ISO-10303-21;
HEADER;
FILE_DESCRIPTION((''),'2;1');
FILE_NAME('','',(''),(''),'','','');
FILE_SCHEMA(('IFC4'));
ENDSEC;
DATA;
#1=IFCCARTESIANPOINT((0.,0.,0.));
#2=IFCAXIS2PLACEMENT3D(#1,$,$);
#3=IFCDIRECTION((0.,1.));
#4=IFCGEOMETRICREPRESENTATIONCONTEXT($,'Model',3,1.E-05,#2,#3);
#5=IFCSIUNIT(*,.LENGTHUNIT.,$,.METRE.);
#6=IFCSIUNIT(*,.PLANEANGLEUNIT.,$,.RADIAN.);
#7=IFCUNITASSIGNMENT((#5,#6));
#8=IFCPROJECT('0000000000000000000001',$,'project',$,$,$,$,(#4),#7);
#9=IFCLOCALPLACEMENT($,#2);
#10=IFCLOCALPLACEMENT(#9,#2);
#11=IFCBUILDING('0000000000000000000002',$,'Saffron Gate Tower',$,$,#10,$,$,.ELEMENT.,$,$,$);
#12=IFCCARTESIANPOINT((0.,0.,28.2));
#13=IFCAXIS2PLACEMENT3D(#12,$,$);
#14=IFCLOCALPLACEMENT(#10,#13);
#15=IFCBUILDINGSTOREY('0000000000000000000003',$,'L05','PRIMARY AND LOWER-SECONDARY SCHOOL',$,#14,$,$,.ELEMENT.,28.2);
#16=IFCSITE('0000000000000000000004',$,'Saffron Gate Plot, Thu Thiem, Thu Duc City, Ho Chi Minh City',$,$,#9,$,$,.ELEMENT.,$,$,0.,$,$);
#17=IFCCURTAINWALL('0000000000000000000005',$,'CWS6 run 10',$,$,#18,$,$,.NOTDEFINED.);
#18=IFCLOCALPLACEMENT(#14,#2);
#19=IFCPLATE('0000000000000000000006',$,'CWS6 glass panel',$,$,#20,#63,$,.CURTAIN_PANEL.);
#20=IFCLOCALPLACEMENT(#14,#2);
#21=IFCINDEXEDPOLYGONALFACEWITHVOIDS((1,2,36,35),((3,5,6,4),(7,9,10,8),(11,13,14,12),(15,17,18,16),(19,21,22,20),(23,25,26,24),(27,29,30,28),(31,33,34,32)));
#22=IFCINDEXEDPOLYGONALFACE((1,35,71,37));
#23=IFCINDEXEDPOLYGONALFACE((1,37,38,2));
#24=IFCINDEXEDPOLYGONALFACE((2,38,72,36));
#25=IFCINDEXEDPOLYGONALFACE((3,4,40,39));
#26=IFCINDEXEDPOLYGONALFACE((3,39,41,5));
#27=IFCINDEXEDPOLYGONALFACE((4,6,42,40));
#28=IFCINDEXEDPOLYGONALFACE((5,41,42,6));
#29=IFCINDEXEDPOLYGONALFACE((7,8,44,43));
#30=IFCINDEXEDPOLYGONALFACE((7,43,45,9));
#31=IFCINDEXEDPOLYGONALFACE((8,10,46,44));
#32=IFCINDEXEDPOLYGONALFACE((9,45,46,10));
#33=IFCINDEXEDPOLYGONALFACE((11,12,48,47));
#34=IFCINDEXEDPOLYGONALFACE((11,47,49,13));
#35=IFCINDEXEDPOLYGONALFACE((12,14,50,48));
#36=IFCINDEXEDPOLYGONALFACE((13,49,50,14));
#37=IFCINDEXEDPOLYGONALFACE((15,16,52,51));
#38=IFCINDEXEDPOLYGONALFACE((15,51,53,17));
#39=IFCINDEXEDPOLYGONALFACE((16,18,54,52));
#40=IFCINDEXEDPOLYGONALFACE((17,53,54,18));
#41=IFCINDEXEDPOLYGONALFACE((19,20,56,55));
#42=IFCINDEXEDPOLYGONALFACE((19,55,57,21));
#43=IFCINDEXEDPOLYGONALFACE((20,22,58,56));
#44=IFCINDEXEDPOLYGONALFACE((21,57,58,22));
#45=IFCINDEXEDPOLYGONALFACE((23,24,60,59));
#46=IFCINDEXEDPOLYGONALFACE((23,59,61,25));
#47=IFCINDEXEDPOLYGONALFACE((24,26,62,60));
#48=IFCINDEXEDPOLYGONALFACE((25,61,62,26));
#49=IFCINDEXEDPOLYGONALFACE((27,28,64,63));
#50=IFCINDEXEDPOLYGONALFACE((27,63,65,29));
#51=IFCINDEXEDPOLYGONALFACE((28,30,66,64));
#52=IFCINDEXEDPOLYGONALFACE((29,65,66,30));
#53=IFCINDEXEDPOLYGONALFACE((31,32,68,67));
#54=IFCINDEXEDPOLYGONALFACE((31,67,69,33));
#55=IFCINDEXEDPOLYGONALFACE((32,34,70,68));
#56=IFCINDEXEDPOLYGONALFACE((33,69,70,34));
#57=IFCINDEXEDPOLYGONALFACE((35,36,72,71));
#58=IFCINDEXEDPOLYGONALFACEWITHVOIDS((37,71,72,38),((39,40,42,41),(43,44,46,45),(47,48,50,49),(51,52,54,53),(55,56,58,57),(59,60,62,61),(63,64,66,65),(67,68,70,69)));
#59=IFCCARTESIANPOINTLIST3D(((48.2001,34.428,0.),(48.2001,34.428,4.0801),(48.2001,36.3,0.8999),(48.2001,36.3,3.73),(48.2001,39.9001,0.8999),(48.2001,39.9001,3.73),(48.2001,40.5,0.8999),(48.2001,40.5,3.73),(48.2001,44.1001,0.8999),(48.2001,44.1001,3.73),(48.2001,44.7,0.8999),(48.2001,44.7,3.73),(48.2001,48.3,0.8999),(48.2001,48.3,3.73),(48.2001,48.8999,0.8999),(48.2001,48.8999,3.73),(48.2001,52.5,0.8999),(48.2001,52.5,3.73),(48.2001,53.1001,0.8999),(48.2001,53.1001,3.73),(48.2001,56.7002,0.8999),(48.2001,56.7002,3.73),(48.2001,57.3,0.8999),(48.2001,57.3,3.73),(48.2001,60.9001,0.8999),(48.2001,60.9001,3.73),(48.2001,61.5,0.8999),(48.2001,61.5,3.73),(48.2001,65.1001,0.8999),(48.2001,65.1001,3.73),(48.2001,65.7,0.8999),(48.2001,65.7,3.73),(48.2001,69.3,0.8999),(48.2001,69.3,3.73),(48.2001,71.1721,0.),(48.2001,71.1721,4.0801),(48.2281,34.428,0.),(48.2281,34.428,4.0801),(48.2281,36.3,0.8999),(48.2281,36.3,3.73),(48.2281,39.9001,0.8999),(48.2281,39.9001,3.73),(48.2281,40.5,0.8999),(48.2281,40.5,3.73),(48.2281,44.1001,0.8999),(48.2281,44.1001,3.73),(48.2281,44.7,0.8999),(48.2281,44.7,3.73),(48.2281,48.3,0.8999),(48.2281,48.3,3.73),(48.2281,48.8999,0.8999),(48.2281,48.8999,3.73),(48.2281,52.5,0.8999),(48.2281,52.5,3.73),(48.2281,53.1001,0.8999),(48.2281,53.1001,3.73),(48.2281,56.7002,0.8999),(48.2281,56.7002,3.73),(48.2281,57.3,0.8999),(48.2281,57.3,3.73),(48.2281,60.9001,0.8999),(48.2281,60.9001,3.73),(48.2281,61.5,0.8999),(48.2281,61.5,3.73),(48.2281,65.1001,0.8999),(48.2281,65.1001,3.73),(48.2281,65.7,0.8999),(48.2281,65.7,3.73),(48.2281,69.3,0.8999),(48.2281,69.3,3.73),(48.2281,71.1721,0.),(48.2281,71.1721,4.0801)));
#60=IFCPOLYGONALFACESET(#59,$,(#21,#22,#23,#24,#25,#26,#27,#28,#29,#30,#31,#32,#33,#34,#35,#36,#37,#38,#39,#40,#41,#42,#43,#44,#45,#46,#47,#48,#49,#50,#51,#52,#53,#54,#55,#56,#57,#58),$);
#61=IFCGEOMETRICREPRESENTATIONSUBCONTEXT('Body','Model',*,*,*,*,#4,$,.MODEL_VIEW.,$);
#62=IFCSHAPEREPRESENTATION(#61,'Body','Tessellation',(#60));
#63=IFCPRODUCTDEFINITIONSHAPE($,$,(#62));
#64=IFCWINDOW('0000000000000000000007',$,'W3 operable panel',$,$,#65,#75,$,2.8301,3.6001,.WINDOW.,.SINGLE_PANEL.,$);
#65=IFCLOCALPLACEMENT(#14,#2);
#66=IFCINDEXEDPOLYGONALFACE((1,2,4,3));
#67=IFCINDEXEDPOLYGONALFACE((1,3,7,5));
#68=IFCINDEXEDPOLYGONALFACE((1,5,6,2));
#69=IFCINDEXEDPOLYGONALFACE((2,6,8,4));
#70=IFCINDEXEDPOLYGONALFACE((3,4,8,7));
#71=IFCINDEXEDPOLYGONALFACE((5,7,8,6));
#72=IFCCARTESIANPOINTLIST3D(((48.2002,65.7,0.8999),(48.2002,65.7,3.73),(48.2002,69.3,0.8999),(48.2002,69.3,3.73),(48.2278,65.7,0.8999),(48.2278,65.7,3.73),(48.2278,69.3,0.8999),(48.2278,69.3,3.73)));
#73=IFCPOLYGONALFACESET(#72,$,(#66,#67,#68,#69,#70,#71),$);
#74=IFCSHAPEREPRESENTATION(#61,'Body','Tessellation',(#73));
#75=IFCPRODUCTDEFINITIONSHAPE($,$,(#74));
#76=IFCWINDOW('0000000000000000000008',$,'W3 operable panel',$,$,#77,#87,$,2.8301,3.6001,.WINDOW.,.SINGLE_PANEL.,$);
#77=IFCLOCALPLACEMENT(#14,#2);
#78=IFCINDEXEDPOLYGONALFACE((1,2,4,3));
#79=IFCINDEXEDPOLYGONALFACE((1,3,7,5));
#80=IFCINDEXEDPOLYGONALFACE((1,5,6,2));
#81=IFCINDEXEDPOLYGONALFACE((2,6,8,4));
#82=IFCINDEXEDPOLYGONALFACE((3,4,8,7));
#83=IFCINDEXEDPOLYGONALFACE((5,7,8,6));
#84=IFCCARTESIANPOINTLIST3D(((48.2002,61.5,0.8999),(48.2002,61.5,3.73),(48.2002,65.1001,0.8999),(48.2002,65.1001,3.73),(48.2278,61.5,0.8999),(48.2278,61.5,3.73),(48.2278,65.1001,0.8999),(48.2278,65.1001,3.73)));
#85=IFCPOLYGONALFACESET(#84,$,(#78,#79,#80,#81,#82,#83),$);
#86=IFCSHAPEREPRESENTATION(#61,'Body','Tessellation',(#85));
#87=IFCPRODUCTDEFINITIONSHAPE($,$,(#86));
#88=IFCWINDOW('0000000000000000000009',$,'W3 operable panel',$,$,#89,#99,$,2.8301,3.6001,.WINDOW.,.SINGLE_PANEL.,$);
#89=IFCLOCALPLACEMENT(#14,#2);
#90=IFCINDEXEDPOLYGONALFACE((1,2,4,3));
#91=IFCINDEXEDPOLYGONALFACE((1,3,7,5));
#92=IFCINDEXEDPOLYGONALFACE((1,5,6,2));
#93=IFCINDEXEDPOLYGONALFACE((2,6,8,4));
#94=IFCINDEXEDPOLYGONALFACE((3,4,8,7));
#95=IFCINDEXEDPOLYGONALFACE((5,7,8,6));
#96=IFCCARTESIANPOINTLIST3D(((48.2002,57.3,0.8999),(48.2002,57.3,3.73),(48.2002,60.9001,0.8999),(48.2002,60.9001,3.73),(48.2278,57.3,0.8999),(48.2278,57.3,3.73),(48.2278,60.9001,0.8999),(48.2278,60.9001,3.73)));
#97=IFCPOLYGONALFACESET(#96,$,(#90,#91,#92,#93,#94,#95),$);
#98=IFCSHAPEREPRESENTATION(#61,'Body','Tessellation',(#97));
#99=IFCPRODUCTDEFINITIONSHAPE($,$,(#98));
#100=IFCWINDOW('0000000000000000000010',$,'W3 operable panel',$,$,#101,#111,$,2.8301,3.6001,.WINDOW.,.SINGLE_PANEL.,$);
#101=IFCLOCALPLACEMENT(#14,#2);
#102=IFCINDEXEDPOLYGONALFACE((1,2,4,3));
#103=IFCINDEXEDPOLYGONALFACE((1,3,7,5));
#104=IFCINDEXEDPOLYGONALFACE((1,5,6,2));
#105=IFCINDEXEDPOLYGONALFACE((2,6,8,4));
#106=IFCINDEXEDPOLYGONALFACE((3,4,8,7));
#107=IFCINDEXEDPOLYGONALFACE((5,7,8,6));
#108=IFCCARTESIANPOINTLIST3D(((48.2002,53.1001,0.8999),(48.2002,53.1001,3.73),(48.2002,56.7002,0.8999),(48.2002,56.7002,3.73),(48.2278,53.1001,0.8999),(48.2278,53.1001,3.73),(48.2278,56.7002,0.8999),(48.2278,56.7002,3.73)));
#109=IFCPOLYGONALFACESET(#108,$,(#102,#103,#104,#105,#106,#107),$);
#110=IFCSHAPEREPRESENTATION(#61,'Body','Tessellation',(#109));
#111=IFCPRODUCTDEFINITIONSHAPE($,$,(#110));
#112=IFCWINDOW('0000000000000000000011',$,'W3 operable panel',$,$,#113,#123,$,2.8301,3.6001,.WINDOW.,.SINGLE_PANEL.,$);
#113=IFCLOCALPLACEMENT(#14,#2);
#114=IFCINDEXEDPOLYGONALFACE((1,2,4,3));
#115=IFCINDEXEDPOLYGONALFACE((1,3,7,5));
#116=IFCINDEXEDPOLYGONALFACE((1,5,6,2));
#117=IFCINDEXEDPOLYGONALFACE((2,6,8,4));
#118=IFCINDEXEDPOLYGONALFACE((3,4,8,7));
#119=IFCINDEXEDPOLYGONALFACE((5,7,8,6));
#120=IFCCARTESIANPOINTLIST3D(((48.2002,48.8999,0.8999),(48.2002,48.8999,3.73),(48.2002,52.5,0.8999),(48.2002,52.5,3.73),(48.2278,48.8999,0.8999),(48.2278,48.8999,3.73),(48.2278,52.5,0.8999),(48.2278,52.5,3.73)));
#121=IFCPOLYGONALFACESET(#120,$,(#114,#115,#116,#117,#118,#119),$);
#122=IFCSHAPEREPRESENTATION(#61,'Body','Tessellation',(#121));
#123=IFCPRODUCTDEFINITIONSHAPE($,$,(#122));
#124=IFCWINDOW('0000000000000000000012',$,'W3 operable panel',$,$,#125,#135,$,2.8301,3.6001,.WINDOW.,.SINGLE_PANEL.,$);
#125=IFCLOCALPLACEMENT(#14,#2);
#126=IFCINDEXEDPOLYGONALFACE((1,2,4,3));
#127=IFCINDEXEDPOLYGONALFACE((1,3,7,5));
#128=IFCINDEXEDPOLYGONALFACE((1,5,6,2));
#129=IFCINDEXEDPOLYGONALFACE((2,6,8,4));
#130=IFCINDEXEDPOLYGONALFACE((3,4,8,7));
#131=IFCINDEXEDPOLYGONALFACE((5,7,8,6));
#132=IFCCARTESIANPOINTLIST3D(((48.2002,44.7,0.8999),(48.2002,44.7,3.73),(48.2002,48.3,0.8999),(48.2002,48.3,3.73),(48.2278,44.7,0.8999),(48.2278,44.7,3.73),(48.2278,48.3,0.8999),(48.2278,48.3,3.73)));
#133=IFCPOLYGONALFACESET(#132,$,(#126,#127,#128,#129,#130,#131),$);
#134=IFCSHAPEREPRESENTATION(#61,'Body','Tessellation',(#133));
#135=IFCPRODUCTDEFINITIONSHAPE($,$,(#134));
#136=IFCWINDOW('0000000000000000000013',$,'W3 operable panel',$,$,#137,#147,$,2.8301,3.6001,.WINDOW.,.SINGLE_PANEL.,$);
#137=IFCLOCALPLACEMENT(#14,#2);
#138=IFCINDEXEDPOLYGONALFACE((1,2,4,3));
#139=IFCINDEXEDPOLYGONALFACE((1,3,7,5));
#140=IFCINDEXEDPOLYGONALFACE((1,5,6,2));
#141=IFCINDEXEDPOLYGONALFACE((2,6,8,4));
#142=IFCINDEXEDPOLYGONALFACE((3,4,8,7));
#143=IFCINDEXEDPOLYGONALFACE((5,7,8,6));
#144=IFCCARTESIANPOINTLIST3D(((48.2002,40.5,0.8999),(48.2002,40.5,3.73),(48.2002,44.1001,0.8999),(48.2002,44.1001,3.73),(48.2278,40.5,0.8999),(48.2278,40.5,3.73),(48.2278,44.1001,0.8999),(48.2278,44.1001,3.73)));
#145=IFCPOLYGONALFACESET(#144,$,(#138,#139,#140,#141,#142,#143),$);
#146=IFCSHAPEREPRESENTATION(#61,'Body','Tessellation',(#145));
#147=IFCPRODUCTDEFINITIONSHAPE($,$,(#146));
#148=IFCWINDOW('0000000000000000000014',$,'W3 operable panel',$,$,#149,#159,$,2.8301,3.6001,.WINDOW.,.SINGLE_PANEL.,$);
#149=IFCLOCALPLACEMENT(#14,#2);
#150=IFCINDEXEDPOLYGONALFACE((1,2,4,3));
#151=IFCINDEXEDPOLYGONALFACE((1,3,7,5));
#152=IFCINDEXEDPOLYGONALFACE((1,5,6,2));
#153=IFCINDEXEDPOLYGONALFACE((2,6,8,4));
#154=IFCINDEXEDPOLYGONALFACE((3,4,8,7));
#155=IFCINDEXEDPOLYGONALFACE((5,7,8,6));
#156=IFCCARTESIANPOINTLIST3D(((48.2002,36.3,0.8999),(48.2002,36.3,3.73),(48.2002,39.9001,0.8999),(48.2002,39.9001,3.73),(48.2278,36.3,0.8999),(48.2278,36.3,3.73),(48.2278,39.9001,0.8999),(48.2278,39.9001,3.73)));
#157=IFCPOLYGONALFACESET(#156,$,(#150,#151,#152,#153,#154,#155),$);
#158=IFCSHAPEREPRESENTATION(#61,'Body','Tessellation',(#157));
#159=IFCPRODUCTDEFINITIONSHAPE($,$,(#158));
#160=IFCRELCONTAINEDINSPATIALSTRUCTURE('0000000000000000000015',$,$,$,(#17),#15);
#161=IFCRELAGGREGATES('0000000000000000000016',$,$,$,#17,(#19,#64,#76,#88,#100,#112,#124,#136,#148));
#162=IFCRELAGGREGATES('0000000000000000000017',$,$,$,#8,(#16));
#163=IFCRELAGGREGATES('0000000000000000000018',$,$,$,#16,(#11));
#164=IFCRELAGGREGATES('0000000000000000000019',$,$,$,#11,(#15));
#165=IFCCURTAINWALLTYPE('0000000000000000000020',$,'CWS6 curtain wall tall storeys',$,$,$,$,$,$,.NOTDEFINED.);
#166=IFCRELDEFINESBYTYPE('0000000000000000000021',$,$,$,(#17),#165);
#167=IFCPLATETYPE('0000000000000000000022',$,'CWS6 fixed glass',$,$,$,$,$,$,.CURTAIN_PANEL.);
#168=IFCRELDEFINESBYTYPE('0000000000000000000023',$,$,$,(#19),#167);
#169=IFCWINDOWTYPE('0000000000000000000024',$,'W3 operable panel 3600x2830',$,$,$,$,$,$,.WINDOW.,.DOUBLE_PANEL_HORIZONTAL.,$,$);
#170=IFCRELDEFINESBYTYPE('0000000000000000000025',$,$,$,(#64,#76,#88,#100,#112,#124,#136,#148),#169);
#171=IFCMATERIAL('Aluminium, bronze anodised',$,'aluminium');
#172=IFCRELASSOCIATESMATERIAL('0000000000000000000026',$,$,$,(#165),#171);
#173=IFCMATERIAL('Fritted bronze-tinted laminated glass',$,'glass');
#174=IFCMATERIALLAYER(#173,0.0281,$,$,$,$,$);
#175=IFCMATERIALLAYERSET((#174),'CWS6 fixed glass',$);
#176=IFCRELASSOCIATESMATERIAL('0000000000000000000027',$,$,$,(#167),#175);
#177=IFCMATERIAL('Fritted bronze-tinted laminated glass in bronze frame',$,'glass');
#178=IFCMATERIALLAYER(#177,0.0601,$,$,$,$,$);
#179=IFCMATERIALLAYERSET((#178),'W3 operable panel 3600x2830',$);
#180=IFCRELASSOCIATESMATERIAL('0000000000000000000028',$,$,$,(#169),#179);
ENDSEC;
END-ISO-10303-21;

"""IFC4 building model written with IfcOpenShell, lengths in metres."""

from ifc_helpers import new_model, si_unit, direction, frame, frame_2d, origin, place, context, subcontext, project, spatial, rectangle, extrude, material, layer, layer_set, type_object, element, fill, aggregate, save


model = new_model("IFC4")

# Units and contexts
model_context = context("Model", 3, precision=1e-05, world=origin(), true_north=direction((0.0, 1.0)))
body_context = subcontext(model_context, "Body", "Model", "MODEL_VIEW")
ifc_project = project(units=[si_unit("LENGTHUNIT", "METRE"), si_unit("PLANEANGLEUNIT", "RADIAN")], contexts=[model_context])

# Site, building, storey
site_placement = place(None, origin())
site = spatial("IfcSite", under=ifc_project, at=site_placement, Name="Saffron Gate Plot, Thu Thiem, Thu Duc City, Ho Chi Minh City", CompositionType="ELEMENT", RefElevation=0.0)
building_placement = place(site_placement, origin())
building = spatial("IfcBuilding", under=site, at=building_placement, Name="Saffron Gate Tower", CompositionType="ELEMENT")
storey_placement = place(building_placement, frame((0.0, 0.0, 28.2)))
storey = spatial("IfcBuildingStorey", under=building, at=storey_placement, Name="L05", Description="PRIMARY AND LOWER-SECONDARY SCHOOL", CompositionType="ELEMENT", Elevation=28.2)

# Curtain wall
ifc_material_1 = material(Name="Aluminium, bronze anodised", Category="aluminium")
curtain_wall_type = type_object("IfcCurtainWallType", Name="CWS6 curtain wall tall storeys", PredefinedType="NOTDEFINED", material=ifc_material_1)
curtain_wall_1_placement = place(storey_placement, origin())
curtain_wall_1 = element("IfcCurtainWall", 1, at=curtain_wall_1_placement, inside=storey, type_object=curtain_wall_type, Name="CWS6 run 10", PredefinedType="NOTDEFINED")

# Shared definitions
ifc_material_2 = material(Name="Fritted bronze-tinted laminated glass", Category="glass")
ifc_layer_1 = layer(ifc_material_2, 0.0281)
ifc_layer_set_1 = layer_set([ifc_layer_1], Name="CWS6 fixed glass")
plate_type = type_object("IfcPlateType", Name="CWS6 fixed glass", PredefinedType="CURTAIN_PANEL", material=ifc_layer_set_1)

# Plate, openings, windows
plate_1_placement = place(storey_placement, frame((48.2141, 71.1721, 0.0), z_axis=(0.0, 0.0, 1.0), x_axis=(0.0, -1.0, 0.0)))
plate_1 = element("IfcPlate", 2, at=plate_1_placement, type_object=plate_type, Name="CWS6 glass panel", PredefinedType="CURTAIN_PANEL", context=body_context, shape_type="SweptSolid", body=[
    extrude(rectangle(XDim=36.7441, YDim=0.0281, at=frame_2d((18.3721, 0.0))), origin(), (0.0, 0.0, 1.0), 4.0801),
])
opening_1_placement = place(plate_1_placement, frame((1.8721, 0.0, 0.8999)))
opening_1 = element("IfcOpeningElement", 3, at=opening_1_placement, cuts=plate_1, PredefinedType="OPENING", context=body_context, shape_type="SweptSolid", body=[
    extrude(rectangle(XDim=3.6001, YDim=2.8301, at=frame_2d((1.8, 1.415))), frame((0.0, 0.0239, 0.0), z_axis=(0.0, -1.0, 0.0), x_axis=(1.0, 0.0, 0.0)), (0.0, 0.0, 1.0), 0.0481),
])
opening_2_placement = place(plate_1_placement, frame((6.072, 0.0, 0.8999)))
opening_2 = element("IfcOpeningElement", 4, at=opening_2_placement, cuts=plate_1, PredefinedType="OPENING", context=body_context, shape_type="SweptSolid", body=[
    extrude(rectangle(XDim=3.6001, YDim=2.8301, at=frame_2d((1.8, 1.415))), frame((0.0, 0.0239, 0.0), z_axis=(0.0, -1.0, 0.0), x_axis=(1.0, 0.0, 0.0)), (0.0, 0.0, 1.0), 0.0481),
])
opening_3_placement = place(plate_1_placement, frame((10.272, 0.0, 0.8999)))
opening_3 = element("IfcOpeningElement", 5, at=opening_3_placement, cuts=plate_1, PredefinedType="OPENING", context=body_context, shape_type="SweptSolid", body=[
    extrude(rectangle(XDim=3.6001, YDim=2.8301, at=frame_2d((1.8, 1.415))), frame((0.0, 0.0239, 0.0), z_axis=(0.0, -1.0, 0.0), x_axis=(1.0, 0.0, 0.0)), (0.0, 0.0, 1.0), 0.0481),
])
opening_4_placement = place(plate_1_placement, frame((14.4719, 0.0, 0.8999)))
opening_4 = element("IfcOpeningElement", 6, at=opening_4_placement, cuts=plate_1, PredefinedType="OPENING", context=body_context, shape_type="SweptSolid", body=[
    extrude(rectangle(XDim=3.6001, YDim=2.8301, at=frame_2d((1.8, 1.415))), frame((0.0, 0.0239, 0.0), z_axis=(0.0, -1.0, 0.0), x_axis=(1.0, 0.0, 0.0)), (0.0, 0.0, 1.0), 0.0481),
])
opening_5_placement = place(plate_1_placement, frame((18.6721, 0.0, 0.8999)))
opening_5 = element("IfcOpeningElement", 7, at=opening_5_placement, cuts=plate_1, PredefinedType="OPENING", context=body_context, shape_type="SweptSolid", body=[
    extrude(rectangle(XDim=3.6001, YDim=2.8301, at=frame_2d((1.8, 1.415))), frame((0.0, 0.0239, 0.0), z_axis=(0.0, -1.0, 0.0), x_axis=(1.0, 0.0, 0.0)), (0.0, 0.0, 1.0), 0.0481),
])
opening_6_placement = place(plate_1_placement, frame((22.8721, 0.0, 0.8999)))
opening_6 = element("IfcOpeningElement", 8, at=opening_6_placement, cuts=plate_1, PredefinedType="OPENING", context=body_context, shape_type="SweptSolid", body=[
    extrude(rectangle(XDim=3.6001, YDim=2.8301, at=frame_2d((1.8, 1.415))), frame((0.0, 0.0239, 0.0), z_axis=(0.0, -1.0, 0.0), x_axis=(1.0, 0.0, 0.0)), (0.0, 0.0, 1.0), 0.0481),
])
opening_7_placement = place(plate_1_placement, frame((27.072, 0.0, 0.8999)))
opening_7 = element("IfcOpeningElement", 9, at=opening_7_placement, cuts=plate_1, PredefinedType="OPENING", context=body_context, shape_type="SweptSolid", body=[
    extrude(rectangle(XDim=3.6001, YDim=2.8301, at=frame_2d((1.8, 1.415))), frame((0.0, 0.0239, 0.0), z_axis=(0.0, -1.0, 0.0), x_axis=(1.0, 0.0, 0.0)), (0.0, 0.0, 1.0), 0.0481),
])
opening_8_placement = place(plate_1_placement, frame((31.272, 0.0, 0.8999)))
opening_8 = element("IfcOpeningElement", 10, at=opening_8_placement, cuts=plate_1, PredefinedType="OPENING", context=body_context, shape_type="SweptSolid", body=[
    extrude(rectangle(XDim=3.6001, YDim=2.8301, at=frame_2d((1.8, 1.415))), frame((0.0, 0.0239, 0.0), z_axis=(0.0, -1.0, 0.0), x_axis=(1.0, 0.0, 0.0)), (0.0, 0.0, 1.0), 0.0481),
])
ifc_material_3 = material(Name="Fritted bronze-tinted laminated glass in bronze frame", Category="glass")
ifc_layer_2 = layer(ifc_material_3, 0.0601)
ifc_layer_set_2 = layer_set([ifc_layer_2], Name="W3 operable panel 3600x2830")
window_type = type_object("IfcWindowType", Name="W3 operable panel 3600x2830", PartitioningType="DOUBLE_PANEL_HORIZONTAL", PredefinedType="WINDOW", material=ifc_layer_set_2)
window_1_placement = place(opening_1_placement, origin())
window_1 = element("IfcWindow", 11, at=window_1_placement, type_object=window_type, Name="W3 operable panel", OverallHeight=2.8301, OverallWidth=3.6001, PartitioningType="SINGLE_PANEL", PredefinedType="WINDOW", context=body_context, shape_type="SweptSolid", body=[
    extrude(rectangle(XDim=3.6001, YDim=2.8301, at=frame_2d((1.8, 1.415))), frame((0.0, 0.0137, 0.0), z_axis=(0.0, -1.0, 0.0), x_axis=(1.0, 0.0, 0.0)), (0.0, 0.0, 1.0), 0.0276),
])
fill(opening_1, window_1)
window_2_placement = place(opening_2_placement, origin())
window_2 = element("IfcWindow", 12, at=window_2_placement, type_object=window_type, Name="W3 operable panel", OverallHeight=2.8301, OverallWidth=3.6001, PartitioningType="SINGLE_PANEL", PredefinedType="WINDOW", context=body_context, shape_type="SweptSolid", body=[
    extrude(rectangle(XDim=3.6001, YDim=2.8301, at=frame_2d((1.8, 1.415))), frame((0.0, 0.0137, 0.0), z_axis=(0.0, -1.0, 0.0), x_axis=(1.0, 0.0, 0.0)), (0.0, 0.0, 1.0), 0.0276),
])
fill(opening_2, window_2)
window_3_placement = place(opening_3_placement, origin())
window_3 = element("IfcWindow", 13, at=window_3_placement, type_object=window_type, Name="W3 operable panel", OverallHeight=2.8301, OverallWidth=3.6001, PartitioningType="SINGLE_PANEL", PredefinedType="WINDOW", context=body_context, shape_type="SweptSolid", body=[
    extrude(rectangle(XDim=3.6001, YDim=2.8301, at=frame_2d((1.8, 1.415))), frame((0.0, 0.0137, 0.0), z_axis=(0.0, -1.0, 0.0), x_axis=(1.0, 0.0, 0.0)), (0.0, 0.0, 1.0), 0.0276),
])
fill(opening_3, window_3)
window_4_placement = place(opening_4_placement, origin())
window_4 = element("IfcWindow", 14, at=window_4_placement, type_object=window_type, Name="W3 operable panel", OverallHeight=2.8301, OverallWidth=3.6001, PartitioningType="SINGLE_PANEL", PredefinedType="WINDOW", context=body_context, shape_type="SweptSolid", body=[
    extrude(rectangle(XDim=3.6001, YDim=2.8301, at=frame_2d((1.8, 1.415))), frame((0.0, 0.0137, 0.0), z_axis=(0.0, -1.0, 0.0), x_axis=(1.0, 0.0, 0.0)), (0.0, 0.0, 1.0), 0.0276),
])
fill(opening_4, window_4)
window_5_placement = place(opening_5_placement, origin())
window_5 = element("IfcWindow", 15, at=window_5_placement, type_object=window_type, Name="W3 operable panel", OverallHeight=2.8301, OverallWidth=3.6001, PartitioningType="SINGLE_PANEL", PredefinedType="WINDOW", context=body_context, shape_type="SweptSolid", body=[
    extrude(rectangle(XDim=3.6001, YDim=2.8301, at=frame_2d((1.8, 1.415))), frame((0.0, 0.0137, 0.0), z_axis=(0.0, -1.0, 0.0), x_axis=(1.0, 0.0, 0.0)), (0.0, 0.0, 1.0), 0.0276),
])
fill(opening_5, window_5)
window_6_placement = place(opening_6_placement, origin())
window_6 = element("IfcWindow", 16, at=window_6_placement, type_object=window_type, Name="W3 operable panel", OverallHeight=2.8301, OverallWidth=3.6001, PartitioningType="SINGLE_PANEL", PredefinedType="WINDOW", context=body_context, shape_type="SweptSolid", body=[
    extrude(rectangle(XDim=3.6001, YDim=2.8301, at=frame_2d((1.8, 1.415))), frame((0.0, 0.0137, 0.0), z_axis=(0.0, -1.0, 0.0), x_axis=(1.0, 0.0, 0.0)), (0.0, 0.0, 1.0), 0.0276),
])
fill(opening_6, window_6)
window_7_placement = place(opening_7_placement, origin())
window_7 = element("IfcWindow", 17, at=window_7_placement, type_object=window_type, Name="W3 operable panel", OverallHeight=2.8301, OverallWidth=3.6001, PartitioningType="SINGLE_PANEL", PredefinedType="WINDOW", context=body_context, shape_type="SweptSolid", body=[
    extrude(rectangle(XDim=3.6001, YDim=2.8301, at=frame_2d((1.8, 1.415))), frame((0.0, 0.0137, 0.0), z_axis=(0.0, -1.0, 0.0), x_axis=(1.0, 0.0, 0.0)), (0.0, 0.0, 1.0), 0.0276),
])
fill(opening_7, window_7)
window_8_placement = place(opening_8_placement, origin())
window_8 = element("IfcWindow", 18, at=window_8_placement, type_object=window_type, Name="W3 operable panel", OverallHeight=2.8301, OverallWidth=3.6001, PartitioningType="SINGLE_PANEL", PredefinedType="WINDOW", context=body_context, shape_type="SweptSolid", body=[
    extrude(rectangle(XDim=3.6001, YDim=2.8301, at=frame_2d((1.8, 1.415))), frame((0.0, 0.0137, 0.0), z_axis=(0.0, -1.0, 0.0), x_axis=(1.0, 0.0, 0.0)), (0.0, 0.0, 1.0), 0.0276),
])
fill(opening_8, window_8)
aggregate(curtain_wall_1, [plate_1, window_1, window_2, window_3, window_4, window_5, window_6, window_7, window_8])

save(model, "model.ifc")
